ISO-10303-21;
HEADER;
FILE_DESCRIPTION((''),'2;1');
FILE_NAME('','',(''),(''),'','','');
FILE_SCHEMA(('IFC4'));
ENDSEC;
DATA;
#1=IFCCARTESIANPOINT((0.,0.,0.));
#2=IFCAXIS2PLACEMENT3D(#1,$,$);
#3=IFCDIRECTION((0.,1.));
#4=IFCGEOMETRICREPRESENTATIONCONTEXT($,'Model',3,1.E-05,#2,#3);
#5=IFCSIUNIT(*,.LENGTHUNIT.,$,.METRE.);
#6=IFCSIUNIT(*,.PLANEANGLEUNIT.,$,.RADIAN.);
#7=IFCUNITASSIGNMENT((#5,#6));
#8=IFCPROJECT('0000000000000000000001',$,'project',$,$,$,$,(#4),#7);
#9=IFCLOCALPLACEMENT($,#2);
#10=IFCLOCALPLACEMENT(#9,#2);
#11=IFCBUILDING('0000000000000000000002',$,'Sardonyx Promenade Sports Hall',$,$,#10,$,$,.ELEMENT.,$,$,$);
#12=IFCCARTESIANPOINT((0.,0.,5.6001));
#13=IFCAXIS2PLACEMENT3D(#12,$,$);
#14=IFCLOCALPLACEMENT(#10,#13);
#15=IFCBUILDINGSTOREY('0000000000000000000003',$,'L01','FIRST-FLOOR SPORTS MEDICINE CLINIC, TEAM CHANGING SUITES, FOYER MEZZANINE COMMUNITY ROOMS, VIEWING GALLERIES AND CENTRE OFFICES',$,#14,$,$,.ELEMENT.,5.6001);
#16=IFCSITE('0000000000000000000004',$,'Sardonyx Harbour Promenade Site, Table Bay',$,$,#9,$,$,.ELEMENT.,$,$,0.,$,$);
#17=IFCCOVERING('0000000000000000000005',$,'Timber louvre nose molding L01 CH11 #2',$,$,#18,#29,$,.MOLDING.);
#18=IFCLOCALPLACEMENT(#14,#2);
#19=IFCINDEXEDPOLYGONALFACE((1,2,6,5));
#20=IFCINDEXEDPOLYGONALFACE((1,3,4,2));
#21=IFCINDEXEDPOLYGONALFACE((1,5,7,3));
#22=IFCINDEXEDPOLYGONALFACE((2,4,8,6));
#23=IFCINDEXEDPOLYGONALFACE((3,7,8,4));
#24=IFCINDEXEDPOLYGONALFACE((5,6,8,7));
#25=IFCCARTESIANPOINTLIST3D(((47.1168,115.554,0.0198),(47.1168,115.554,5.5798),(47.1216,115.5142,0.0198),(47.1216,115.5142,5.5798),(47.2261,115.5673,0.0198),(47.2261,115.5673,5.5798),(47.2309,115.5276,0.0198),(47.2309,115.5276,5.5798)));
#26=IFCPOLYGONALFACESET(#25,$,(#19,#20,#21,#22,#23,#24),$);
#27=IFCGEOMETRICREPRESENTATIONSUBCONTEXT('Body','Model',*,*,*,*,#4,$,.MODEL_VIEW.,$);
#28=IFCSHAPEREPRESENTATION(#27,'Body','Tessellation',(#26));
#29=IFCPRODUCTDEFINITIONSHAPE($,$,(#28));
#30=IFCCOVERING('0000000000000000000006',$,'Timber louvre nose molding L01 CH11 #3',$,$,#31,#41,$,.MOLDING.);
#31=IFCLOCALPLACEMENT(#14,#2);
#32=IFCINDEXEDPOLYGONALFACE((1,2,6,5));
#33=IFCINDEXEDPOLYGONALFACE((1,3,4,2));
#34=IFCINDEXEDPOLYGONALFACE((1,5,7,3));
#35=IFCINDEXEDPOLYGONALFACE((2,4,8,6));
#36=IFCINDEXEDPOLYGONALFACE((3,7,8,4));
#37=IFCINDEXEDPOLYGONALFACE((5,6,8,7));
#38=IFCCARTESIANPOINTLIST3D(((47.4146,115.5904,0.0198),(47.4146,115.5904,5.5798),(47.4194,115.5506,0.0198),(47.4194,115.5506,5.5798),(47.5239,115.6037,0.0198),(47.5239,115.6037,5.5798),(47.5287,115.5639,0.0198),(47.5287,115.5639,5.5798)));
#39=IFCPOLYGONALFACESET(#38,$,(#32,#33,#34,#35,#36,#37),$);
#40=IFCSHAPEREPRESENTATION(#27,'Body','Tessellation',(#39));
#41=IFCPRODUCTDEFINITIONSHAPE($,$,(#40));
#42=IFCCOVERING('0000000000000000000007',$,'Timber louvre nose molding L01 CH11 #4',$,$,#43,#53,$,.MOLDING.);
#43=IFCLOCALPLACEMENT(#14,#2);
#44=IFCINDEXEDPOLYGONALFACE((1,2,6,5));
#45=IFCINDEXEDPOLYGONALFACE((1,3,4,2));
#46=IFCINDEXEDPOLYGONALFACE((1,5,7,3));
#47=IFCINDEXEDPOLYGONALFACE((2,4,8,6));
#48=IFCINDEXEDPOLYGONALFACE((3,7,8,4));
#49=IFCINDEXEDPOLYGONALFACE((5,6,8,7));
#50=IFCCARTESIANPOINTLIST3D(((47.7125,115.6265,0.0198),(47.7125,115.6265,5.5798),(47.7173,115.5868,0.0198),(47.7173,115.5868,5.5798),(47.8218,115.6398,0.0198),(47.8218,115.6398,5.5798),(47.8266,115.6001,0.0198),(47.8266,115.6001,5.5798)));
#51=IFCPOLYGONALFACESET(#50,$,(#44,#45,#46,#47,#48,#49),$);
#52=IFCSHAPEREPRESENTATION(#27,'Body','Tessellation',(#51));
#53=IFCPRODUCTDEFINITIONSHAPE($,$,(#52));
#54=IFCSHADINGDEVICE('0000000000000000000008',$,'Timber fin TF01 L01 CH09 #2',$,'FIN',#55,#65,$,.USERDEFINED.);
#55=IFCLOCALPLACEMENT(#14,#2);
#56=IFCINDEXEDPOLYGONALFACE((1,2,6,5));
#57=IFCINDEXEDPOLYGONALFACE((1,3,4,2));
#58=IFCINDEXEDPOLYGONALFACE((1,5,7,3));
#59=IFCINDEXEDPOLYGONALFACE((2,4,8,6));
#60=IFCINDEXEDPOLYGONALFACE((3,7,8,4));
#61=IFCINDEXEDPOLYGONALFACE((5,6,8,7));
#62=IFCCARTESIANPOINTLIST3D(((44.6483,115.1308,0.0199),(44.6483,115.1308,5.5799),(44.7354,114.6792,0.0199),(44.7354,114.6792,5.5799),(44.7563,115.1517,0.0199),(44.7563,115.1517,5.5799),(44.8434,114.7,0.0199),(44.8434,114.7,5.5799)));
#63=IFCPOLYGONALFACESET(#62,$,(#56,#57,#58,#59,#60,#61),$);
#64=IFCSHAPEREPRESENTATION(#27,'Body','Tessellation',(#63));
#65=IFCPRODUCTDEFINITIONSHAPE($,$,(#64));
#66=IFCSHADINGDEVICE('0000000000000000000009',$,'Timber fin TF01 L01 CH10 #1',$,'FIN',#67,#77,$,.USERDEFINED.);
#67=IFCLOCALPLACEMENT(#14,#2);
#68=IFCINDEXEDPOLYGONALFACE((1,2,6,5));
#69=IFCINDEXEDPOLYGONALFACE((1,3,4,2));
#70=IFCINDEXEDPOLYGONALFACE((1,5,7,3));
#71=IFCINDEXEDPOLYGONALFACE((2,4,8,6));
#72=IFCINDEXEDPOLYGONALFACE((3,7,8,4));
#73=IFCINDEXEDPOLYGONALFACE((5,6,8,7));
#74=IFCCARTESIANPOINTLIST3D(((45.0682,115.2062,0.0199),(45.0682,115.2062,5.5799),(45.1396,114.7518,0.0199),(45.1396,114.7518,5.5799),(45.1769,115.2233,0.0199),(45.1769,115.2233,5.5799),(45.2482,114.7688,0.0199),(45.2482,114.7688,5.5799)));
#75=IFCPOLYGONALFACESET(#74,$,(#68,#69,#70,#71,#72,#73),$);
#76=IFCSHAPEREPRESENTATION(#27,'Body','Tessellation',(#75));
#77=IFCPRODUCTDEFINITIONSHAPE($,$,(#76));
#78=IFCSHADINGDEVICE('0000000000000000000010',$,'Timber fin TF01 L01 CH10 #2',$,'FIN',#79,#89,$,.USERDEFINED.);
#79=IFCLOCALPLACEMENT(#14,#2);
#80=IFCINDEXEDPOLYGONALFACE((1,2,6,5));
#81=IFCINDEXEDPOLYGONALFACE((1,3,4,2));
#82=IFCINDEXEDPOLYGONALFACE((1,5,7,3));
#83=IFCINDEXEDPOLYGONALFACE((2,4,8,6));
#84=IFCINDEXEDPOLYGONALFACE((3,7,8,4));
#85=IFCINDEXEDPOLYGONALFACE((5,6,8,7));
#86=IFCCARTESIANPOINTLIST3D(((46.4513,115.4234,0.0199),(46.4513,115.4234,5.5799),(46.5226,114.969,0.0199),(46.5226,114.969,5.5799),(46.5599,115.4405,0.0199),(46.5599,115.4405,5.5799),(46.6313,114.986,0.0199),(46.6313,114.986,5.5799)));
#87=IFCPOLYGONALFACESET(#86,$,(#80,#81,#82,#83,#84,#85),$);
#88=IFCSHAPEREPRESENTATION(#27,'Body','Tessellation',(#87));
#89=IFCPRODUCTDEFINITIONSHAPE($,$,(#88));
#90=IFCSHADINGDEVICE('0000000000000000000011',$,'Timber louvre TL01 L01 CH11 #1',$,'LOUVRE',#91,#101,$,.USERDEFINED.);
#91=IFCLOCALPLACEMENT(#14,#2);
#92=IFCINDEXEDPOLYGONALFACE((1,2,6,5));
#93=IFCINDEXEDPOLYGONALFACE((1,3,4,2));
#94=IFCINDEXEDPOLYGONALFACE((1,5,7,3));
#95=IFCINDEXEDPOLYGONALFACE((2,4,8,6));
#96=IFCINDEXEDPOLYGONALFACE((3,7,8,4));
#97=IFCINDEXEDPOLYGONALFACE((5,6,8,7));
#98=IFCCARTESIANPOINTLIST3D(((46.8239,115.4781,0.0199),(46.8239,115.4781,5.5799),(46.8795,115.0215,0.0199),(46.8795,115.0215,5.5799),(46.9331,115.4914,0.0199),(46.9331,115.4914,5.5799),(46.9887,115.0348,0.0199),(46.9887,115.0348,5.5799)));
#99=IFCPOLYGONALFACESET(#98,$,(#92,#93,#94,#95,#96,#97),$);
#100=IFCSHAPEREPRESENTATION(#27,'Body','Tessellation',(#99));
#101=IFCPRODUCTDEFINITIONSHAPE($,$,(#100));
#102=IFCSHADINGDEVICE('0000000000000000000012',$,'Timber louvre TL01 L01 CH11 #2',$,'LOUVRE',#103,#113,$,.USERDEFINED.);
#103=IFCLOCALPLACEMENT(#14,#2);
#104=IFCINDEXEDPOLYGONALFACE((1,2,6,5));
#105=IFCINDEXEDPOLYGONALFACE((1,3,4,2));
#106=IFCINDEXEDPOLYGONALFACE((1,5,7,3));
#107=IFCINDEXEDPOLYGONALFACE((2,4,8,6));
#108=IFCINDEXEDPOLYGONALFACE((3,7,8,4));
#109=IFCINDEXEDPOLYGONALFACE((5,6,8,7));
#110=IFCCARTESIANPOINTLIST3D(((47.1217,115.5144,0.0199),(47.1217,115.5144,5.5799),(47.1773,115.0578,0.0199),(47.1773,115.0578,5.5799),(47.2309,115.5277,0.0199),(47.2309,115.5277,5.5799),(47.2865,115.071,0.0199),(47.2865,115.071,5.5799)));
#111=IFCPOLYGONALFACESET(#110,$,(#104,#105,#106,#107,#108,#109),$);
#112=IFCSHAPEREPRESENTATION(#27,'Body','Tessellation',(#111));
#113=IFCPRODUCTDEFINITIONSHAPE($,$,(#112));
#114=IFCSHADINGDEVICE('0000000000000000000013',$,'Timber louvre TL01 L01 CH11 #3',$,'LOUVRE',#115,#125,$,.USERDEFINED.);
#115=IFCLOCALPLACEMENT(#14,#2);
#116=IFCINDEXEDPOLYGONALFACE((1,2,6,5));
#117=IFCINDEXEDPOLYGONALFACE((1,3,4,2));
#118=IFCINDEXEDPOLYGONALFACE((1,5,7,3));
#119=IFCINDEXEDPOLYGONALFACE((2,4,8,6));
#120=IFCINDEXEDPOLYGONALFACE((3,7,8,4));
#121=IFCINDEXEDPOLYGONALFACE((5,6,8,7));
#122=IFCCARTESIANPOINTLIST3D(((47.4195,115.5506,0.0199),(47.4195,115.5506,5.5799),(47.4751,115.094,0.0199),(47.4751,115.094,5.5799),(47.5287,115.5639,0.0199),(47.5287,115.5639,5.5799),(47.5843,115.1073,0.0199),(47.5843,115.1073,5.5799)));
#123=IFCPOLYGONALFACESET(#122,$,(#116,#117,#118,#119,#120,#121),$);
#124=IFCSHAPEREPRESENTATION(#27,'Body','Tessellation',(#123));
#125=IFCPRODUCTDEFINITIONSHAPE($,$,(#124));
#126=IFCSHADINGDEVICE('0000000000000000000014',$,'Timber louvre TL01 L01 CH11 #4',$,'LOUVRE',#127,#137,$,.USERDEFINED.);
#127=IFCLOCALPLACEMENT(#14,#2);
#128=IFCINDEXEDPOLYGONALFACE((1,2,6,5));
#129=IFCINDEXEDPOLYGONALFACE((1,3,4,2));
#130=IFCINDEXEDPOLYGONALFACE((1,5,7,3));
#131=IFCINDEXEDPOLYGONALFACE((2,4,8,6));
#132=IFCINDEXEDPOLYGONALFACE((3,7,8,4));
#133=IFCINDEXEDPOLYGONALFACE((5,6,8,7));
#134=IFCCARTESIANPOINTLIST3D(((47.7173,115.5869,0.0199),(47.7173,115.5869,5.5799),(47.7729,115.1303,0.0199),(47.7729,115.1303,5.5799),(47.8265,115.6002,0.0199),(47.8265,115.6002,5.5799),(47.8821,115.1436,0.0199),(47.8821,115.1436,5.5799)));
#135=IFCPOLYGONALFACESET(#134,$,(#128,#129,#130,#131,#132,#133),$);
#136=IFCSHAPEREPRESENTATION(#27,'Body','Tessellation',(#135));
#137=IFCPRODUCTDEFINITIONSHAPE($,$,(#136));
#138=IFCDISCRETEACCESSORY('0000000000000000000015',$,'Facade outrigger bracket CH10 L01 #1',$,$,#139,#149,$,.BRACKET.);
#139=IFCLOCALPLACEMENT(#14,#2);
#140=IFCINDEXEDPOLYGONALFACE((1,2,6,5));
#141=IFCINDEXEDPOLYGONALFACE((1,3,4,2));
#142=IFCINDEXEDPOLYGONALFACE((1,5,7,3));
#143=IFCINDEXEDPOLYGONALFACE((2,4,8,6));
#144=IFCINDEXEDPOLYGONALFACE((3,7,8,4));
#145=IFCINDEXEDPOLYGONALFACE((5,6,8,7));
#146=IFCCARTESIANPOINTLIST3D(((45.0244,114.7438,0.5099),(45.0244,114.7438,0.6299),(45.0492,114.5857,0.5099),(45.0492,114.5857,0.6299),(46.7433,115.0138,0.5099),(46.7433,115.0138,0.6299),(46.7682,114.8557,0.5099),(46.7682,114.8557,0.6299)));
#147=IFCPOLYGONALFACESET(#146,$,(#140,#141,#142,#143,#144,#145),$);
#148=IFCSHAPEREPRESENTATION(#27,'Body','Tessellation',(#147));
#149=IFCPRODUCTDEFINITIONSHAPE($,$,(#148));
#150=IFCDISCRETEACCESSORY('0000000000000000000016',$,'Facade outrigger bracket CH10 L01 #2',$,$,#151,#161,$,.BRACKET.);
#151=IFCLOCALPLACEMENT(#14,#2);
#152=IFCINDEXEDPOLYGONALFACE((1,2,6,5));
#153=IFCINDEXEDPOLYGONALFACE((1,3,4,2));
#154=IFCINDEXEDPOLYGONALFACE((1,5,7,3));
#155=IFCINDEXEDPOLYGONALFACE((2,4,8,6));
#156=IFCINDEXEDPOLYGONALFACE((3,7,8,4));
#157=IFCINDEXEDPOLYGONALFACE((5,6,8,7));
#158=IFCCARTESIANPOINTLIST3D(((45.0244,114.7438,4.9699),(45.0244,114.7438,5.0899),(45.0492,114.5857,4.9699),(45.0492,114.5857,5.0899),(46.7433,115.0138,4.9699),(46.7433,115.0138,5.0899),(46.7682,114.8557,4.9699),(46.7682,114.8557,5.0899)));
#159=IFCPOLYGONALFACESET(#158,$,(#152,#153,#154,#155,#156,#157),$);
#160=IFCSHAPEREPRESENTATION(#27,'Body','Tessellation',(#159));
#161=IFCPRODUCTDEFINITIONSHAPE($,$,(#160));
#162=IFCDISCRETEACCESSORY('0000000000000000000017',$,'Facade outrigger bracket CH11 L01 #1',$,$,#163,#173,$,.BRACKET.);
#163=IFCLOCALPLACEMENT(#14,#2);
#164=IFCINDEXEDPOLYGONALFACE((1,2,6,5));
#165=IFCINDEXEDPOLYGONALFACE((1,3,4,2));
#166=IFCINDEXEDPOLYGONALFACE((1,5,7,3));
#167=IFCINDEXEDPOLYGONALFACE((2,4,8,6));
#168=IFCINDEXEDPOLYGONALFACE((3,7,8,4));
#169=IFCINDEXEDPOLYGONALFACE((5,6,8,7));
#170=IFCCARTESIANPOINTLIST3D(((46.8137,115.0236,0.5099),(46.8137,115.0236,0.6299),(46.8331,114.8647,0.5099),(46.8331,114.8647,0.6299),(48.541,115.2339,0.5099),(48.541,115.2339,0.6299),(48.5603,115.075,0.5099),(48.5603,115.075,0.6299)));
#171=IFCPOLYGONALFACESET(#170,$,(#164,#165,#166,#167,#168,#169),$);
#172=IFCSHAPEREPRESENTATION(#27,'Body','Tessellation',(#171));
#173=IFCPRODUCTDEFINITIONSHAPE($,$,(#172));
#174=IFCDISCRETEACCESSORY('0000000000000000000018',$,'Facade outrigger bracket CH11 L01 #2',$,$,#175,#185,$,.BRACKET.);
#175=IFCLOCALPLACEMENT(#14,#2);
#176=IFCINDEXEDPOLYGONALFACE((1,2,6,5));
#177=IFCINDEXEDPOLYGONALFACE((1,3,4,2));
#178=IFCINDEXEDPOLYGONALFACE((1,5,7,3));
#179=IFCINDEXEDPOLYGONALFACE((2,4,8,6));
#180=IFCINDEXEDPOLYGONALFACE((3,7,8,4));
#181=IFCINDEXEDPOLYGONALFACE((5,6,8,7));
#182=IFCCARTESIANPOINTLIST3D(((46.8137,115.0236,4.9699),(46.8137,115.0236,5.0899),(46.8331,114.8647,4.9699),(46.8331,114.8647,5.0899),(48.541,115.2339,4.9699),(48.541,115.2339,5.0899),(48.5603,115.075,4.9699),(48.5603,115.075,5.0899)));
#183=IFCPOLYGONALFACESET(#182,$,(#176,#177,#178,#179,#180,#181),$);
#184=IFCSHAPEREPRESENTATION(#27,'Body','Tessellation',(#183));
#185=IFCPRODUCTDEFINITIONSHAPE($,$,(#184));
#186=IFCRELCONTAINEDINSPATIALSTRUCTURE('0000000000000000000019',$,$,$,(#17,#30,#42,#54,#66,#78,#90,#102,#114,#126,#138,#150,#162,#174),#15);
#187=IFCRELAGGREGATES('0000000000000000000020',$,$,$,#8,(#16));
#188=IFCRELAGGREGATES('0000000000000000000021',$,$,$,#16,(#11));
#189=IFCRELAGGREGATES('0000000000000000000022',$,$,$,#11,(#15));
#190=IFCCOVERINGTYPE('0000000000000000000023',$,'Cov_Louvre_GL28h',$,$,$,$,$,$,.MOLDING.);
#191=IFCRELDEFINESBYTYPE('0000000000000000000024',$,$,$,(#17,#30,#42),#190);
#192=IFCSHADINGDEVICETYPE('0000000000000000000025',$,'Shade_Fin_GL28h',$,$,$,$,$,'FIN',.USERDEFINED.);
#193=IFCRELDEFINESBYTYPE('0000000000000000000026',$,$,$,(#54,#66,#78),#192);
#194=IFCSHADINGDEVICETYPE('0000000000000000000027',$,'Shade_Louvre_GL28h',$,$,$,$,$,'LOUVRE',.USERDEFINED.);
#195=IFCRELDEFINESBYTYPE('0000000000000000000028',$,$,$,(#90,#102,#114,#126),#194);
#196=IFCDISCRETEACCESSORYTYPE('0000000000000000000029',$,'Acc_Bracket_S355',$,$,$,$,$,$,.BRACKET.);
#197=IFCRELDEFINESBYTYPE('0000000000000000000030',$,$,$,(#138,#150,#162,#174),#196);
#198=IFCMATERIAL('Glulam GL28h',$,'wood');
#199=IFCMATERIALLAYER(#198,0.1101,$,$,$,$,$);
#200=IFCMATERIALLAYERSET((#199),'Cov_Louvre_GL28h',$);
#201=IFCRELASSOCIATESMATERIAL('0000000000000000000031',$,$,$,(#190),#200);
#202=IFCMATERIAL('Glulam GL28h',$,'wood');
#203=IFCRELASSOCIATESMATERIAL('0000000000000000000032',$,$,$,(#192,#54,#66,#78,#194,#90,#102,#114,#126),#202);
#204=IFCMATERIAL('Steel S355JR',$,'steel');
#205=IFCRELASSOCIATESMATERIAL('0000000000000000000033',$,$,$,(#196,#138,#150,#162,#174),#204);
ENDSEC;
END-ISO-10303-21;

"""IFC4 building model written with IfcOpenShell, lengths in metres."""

from ifc_helpers import new_model, si_unit, direction, frame, origin, origin_2d, place, context, subcontext, project, spatial, rectangle, extrude, material, layer, layer_set, type_object, element, save


model = new_model("IFC4")

# Units and contexts
model_context = context("Model", 3, precision=1e-05, world=origin(), true_north=direction((0.0, 1.0)))
body_context = subcontext(model_context, "Body", "Model", "MODEL_VIEW")
ifc_project = project(units=[si_unit("LENGTHUNIT", "METRE"), si_unit("PLANEANGLEUNIT", "RADIAN")], contexts=[model_context])

# Site, building, storey
site_placement = place(None, origin())
site = spatial("IfcSite", under=ifc_project, at=site_placement, Name="Sardonyx Harbour Promenade Site, Table Bay", CompositionType="ELEMENT", RefElevation=0.0)
building_placement = place(site_placement, origin())
building = spatial("IfcBuilding", under=site, at=building_placement, Name="Sardonyx Promenade Sports Hall", CompositionType="ELEMENT")
storey_placement = place(building_placement, frame((0.0, 0.0, 5.6001)))
storey = spatial("IfcBuildingStorey", under=building, at=storey_placement, Name="L01", Description="FIRST-FLOOR SPORTS MEDICINE CLINIC, TEAM CHANGING SUITES, FOYER MEZZANINE COMMUNITY ROOMS, VIEWING GALLERIES AND CENTRE OFFICES", CompositionType="ELEMENT", Elevation=5.6001)

# Coverings
ifc_material_1 = material(Name="Glulam GL28h", Category="wood")
ifc_layer_1 = layer(ifc_material_1, 0.1101)
ifc_layer_set_1 = layer_set([ifc_layer_1], Name="Cov_Louvre_GL28h")
covering_type = type_object("IfcCoveringType", Name="Cov_Louvre_GL28h", PredefinedType="MOLDING", material=ifc_layer_set_1)
for number, where, z_axis, x_axis, name in (
    (1, (47.1738, 115.5408, 0.0198), (0.0, 0.0, 1.0), (0.992669, 0.120863, 0.0), "Timber louvre nose molding L01 CH11 #2"),
    (2, (47.4717, 115.5771, 0.0198), (0.0, 0.0, 1.0), (0.992669, 0.120863, 0.0), "Timber louvre nose molding L01 CH11 #3"),
    (3, (47.7695, 115.6133, 0.0198), (0.0, 0.0, 1.0), (0.992669, 0.120863, 0.0), "Timber louvre nose molding L01 CH11 #4"),
):
    element("IfcCovering", number, at=place(storey_placement, frame(where, z_axis=z_axis, x_axis=x_axis)), inside=storey, type_object=covering_type, Name=name, PredefinedType="MOLDING", context=body_context, shape_type="SweptSolid", body=[
        extrude(rectangle(XDim=0.1101, YDim=0.04, at=origin_2d()), origin(), (0.0, 0.0, 1.0), 5.5601),
    ])

# Shading devices
ifc_material_2 = material(Name="Glulam GL28h", Category="wood")
shading_device_type_1 = type_object("IfcShadingDeviceType", Name="Shade_Fin_GL28h", ElementType="FIN", PredefinedType="USERDEFINED", material=ifc_material_2)
for number, where, z_axis, x_axis, name in (
    (4, (44.7458, 114.9154, 0.0199), (0.0, 0.0, 1.0), (0.98193, 0.189246, 0.0), "Timber fin TF01 L01 CH09 #2"),
    (5, (45.1582, 114.9875, 0.0199), (0.0, 0.0, 1.0), (0.987891, 0.155148, 0.0), "Timber fin TF01 L01 CH10 #1"),
    (6, (46.5413, 115.2047, 0.0199), (0.0, 0.0, 1.0), (0.987891, 0.155148, 0.0), "Timber fin TF01 L01 CH10 #2"),
):
    element("IfcShadingDevice", number, at=place(storey_placement, frame(where, z_axis=z_axis, x_axis=x_axis)), inside=storey, type_object=shading_device_type_1, material=ifc_material_2, Name=name, ObjectType="FIN", PredefinedType="USERDEFINED", context=body_context, shape_type="SweptSolid", body=[
        extrude(rectangle(XDim=0.11, YDim=0.46), origin(), (0.0, 0.0, 1.0), 5.56),
    ])
shading_device_type_2 = type_object("IfcShadingDeviceType", Name="Shade_Louvre_GL28h", ElementType="LOUVRE", PredefinedType="USERDEFINED", material=ifc_material_2)
for number, where, z_axis, x_axis, name in (
    (7, (46.9063, 115.2565, 0.0199), (0.0, 0.0, 1.0), (0.992669, 0.120863, 0.0), "Timber louvre TL01 L01 CH11 #1"),
    (8, (47.2041, 115.2927, 0.0199), (0.0, 0.0, 1.0), (0.992669, 0.120863, 0.0), "Timber louvre TL01 L01 CH11 #2"),
    (9, (47.5019, 115.329, 0.0199), (0.0, 0.0, 1.0), (0.992669, 0.120863, 0.0), "Timber louvre TL01 L01 CH11 #3"),
    (10, (47.7997, 115.3652, 0.0199), (0.0, 0.0, 1.0), (0.992669, 0.120863, 0.0), "Timber louvre TL01 L01 CH11 #4"),
):
    element("IfcShadingDevice", number, at=place(storey_placement, frame(where, z_axis=z_axis, x_axis=x_axis)), inside=storey, type_object=shading_device_type_2, material=ifc_material_2, Name=name, ObjectType="LOUVRE", PredefinedType="USERDEFINED", context=body_context, shape_type="SweptSolid", body=[
        extrude(rectangle(XDim=0.11, YDim=0.46), origin(), (0.0, 0.0, 1.0), 5.56),
    ])

# Discrete accessories
ifc_material_3 = material(Name="Steel S355JR", Category="steel")
discrete_accessory_type = type_object("IfcDiscreteAccessoryType", Name="Acc_Bracket_S355", PredefinedType="BRACKET", material=ifc_material_3)
for number, where, z_axis, x_axis, name in (
    (11, (45.8963, 114.7997, 0.5099), (0.0, 0.0, 1.0), (0.987891, 0.155148, 0.0), "Facade outrigger bracket CH10 L01 #1"),
    (12, (45.8963, 114.7997, 4.9699), (0.0, 0.0, 1.0), (0.987891, 0.155148, 0.0), "Facade outrigger bracket CH10 L01 #2"),
    (13, (47.687, 115.0493, 0.5099), (0.0, 0.0, 1.0), (0.992669, 0.120863, 0.0), "Facade outrigger bracket CH11 L01 #1"),
    (14, (47.687, 115.0493, 4.9699), (0.0, 0.0, 1.0), (0.992669, 0.120863, 0.0), "Facade outrigger bracket CH11 L01 #2"),
):
    element("IfcDiscreteAccessory", number, at=place(storey_placement, frame(where, z_axis=z_axis, x_axis=x_axis)), inside=storey, type_object=discrete_accessory_type, material=ifc_material_3, Name=name, PredefinedType="BRACKET", context=body_context, shape_type="SweptSolid", body=[
        extrude(rectangle(XDim=1.74, YDim=0.16), origin(), (0.0, 0.0, 1.0), 0.12),
    ])

save(model, "model.ifc")
